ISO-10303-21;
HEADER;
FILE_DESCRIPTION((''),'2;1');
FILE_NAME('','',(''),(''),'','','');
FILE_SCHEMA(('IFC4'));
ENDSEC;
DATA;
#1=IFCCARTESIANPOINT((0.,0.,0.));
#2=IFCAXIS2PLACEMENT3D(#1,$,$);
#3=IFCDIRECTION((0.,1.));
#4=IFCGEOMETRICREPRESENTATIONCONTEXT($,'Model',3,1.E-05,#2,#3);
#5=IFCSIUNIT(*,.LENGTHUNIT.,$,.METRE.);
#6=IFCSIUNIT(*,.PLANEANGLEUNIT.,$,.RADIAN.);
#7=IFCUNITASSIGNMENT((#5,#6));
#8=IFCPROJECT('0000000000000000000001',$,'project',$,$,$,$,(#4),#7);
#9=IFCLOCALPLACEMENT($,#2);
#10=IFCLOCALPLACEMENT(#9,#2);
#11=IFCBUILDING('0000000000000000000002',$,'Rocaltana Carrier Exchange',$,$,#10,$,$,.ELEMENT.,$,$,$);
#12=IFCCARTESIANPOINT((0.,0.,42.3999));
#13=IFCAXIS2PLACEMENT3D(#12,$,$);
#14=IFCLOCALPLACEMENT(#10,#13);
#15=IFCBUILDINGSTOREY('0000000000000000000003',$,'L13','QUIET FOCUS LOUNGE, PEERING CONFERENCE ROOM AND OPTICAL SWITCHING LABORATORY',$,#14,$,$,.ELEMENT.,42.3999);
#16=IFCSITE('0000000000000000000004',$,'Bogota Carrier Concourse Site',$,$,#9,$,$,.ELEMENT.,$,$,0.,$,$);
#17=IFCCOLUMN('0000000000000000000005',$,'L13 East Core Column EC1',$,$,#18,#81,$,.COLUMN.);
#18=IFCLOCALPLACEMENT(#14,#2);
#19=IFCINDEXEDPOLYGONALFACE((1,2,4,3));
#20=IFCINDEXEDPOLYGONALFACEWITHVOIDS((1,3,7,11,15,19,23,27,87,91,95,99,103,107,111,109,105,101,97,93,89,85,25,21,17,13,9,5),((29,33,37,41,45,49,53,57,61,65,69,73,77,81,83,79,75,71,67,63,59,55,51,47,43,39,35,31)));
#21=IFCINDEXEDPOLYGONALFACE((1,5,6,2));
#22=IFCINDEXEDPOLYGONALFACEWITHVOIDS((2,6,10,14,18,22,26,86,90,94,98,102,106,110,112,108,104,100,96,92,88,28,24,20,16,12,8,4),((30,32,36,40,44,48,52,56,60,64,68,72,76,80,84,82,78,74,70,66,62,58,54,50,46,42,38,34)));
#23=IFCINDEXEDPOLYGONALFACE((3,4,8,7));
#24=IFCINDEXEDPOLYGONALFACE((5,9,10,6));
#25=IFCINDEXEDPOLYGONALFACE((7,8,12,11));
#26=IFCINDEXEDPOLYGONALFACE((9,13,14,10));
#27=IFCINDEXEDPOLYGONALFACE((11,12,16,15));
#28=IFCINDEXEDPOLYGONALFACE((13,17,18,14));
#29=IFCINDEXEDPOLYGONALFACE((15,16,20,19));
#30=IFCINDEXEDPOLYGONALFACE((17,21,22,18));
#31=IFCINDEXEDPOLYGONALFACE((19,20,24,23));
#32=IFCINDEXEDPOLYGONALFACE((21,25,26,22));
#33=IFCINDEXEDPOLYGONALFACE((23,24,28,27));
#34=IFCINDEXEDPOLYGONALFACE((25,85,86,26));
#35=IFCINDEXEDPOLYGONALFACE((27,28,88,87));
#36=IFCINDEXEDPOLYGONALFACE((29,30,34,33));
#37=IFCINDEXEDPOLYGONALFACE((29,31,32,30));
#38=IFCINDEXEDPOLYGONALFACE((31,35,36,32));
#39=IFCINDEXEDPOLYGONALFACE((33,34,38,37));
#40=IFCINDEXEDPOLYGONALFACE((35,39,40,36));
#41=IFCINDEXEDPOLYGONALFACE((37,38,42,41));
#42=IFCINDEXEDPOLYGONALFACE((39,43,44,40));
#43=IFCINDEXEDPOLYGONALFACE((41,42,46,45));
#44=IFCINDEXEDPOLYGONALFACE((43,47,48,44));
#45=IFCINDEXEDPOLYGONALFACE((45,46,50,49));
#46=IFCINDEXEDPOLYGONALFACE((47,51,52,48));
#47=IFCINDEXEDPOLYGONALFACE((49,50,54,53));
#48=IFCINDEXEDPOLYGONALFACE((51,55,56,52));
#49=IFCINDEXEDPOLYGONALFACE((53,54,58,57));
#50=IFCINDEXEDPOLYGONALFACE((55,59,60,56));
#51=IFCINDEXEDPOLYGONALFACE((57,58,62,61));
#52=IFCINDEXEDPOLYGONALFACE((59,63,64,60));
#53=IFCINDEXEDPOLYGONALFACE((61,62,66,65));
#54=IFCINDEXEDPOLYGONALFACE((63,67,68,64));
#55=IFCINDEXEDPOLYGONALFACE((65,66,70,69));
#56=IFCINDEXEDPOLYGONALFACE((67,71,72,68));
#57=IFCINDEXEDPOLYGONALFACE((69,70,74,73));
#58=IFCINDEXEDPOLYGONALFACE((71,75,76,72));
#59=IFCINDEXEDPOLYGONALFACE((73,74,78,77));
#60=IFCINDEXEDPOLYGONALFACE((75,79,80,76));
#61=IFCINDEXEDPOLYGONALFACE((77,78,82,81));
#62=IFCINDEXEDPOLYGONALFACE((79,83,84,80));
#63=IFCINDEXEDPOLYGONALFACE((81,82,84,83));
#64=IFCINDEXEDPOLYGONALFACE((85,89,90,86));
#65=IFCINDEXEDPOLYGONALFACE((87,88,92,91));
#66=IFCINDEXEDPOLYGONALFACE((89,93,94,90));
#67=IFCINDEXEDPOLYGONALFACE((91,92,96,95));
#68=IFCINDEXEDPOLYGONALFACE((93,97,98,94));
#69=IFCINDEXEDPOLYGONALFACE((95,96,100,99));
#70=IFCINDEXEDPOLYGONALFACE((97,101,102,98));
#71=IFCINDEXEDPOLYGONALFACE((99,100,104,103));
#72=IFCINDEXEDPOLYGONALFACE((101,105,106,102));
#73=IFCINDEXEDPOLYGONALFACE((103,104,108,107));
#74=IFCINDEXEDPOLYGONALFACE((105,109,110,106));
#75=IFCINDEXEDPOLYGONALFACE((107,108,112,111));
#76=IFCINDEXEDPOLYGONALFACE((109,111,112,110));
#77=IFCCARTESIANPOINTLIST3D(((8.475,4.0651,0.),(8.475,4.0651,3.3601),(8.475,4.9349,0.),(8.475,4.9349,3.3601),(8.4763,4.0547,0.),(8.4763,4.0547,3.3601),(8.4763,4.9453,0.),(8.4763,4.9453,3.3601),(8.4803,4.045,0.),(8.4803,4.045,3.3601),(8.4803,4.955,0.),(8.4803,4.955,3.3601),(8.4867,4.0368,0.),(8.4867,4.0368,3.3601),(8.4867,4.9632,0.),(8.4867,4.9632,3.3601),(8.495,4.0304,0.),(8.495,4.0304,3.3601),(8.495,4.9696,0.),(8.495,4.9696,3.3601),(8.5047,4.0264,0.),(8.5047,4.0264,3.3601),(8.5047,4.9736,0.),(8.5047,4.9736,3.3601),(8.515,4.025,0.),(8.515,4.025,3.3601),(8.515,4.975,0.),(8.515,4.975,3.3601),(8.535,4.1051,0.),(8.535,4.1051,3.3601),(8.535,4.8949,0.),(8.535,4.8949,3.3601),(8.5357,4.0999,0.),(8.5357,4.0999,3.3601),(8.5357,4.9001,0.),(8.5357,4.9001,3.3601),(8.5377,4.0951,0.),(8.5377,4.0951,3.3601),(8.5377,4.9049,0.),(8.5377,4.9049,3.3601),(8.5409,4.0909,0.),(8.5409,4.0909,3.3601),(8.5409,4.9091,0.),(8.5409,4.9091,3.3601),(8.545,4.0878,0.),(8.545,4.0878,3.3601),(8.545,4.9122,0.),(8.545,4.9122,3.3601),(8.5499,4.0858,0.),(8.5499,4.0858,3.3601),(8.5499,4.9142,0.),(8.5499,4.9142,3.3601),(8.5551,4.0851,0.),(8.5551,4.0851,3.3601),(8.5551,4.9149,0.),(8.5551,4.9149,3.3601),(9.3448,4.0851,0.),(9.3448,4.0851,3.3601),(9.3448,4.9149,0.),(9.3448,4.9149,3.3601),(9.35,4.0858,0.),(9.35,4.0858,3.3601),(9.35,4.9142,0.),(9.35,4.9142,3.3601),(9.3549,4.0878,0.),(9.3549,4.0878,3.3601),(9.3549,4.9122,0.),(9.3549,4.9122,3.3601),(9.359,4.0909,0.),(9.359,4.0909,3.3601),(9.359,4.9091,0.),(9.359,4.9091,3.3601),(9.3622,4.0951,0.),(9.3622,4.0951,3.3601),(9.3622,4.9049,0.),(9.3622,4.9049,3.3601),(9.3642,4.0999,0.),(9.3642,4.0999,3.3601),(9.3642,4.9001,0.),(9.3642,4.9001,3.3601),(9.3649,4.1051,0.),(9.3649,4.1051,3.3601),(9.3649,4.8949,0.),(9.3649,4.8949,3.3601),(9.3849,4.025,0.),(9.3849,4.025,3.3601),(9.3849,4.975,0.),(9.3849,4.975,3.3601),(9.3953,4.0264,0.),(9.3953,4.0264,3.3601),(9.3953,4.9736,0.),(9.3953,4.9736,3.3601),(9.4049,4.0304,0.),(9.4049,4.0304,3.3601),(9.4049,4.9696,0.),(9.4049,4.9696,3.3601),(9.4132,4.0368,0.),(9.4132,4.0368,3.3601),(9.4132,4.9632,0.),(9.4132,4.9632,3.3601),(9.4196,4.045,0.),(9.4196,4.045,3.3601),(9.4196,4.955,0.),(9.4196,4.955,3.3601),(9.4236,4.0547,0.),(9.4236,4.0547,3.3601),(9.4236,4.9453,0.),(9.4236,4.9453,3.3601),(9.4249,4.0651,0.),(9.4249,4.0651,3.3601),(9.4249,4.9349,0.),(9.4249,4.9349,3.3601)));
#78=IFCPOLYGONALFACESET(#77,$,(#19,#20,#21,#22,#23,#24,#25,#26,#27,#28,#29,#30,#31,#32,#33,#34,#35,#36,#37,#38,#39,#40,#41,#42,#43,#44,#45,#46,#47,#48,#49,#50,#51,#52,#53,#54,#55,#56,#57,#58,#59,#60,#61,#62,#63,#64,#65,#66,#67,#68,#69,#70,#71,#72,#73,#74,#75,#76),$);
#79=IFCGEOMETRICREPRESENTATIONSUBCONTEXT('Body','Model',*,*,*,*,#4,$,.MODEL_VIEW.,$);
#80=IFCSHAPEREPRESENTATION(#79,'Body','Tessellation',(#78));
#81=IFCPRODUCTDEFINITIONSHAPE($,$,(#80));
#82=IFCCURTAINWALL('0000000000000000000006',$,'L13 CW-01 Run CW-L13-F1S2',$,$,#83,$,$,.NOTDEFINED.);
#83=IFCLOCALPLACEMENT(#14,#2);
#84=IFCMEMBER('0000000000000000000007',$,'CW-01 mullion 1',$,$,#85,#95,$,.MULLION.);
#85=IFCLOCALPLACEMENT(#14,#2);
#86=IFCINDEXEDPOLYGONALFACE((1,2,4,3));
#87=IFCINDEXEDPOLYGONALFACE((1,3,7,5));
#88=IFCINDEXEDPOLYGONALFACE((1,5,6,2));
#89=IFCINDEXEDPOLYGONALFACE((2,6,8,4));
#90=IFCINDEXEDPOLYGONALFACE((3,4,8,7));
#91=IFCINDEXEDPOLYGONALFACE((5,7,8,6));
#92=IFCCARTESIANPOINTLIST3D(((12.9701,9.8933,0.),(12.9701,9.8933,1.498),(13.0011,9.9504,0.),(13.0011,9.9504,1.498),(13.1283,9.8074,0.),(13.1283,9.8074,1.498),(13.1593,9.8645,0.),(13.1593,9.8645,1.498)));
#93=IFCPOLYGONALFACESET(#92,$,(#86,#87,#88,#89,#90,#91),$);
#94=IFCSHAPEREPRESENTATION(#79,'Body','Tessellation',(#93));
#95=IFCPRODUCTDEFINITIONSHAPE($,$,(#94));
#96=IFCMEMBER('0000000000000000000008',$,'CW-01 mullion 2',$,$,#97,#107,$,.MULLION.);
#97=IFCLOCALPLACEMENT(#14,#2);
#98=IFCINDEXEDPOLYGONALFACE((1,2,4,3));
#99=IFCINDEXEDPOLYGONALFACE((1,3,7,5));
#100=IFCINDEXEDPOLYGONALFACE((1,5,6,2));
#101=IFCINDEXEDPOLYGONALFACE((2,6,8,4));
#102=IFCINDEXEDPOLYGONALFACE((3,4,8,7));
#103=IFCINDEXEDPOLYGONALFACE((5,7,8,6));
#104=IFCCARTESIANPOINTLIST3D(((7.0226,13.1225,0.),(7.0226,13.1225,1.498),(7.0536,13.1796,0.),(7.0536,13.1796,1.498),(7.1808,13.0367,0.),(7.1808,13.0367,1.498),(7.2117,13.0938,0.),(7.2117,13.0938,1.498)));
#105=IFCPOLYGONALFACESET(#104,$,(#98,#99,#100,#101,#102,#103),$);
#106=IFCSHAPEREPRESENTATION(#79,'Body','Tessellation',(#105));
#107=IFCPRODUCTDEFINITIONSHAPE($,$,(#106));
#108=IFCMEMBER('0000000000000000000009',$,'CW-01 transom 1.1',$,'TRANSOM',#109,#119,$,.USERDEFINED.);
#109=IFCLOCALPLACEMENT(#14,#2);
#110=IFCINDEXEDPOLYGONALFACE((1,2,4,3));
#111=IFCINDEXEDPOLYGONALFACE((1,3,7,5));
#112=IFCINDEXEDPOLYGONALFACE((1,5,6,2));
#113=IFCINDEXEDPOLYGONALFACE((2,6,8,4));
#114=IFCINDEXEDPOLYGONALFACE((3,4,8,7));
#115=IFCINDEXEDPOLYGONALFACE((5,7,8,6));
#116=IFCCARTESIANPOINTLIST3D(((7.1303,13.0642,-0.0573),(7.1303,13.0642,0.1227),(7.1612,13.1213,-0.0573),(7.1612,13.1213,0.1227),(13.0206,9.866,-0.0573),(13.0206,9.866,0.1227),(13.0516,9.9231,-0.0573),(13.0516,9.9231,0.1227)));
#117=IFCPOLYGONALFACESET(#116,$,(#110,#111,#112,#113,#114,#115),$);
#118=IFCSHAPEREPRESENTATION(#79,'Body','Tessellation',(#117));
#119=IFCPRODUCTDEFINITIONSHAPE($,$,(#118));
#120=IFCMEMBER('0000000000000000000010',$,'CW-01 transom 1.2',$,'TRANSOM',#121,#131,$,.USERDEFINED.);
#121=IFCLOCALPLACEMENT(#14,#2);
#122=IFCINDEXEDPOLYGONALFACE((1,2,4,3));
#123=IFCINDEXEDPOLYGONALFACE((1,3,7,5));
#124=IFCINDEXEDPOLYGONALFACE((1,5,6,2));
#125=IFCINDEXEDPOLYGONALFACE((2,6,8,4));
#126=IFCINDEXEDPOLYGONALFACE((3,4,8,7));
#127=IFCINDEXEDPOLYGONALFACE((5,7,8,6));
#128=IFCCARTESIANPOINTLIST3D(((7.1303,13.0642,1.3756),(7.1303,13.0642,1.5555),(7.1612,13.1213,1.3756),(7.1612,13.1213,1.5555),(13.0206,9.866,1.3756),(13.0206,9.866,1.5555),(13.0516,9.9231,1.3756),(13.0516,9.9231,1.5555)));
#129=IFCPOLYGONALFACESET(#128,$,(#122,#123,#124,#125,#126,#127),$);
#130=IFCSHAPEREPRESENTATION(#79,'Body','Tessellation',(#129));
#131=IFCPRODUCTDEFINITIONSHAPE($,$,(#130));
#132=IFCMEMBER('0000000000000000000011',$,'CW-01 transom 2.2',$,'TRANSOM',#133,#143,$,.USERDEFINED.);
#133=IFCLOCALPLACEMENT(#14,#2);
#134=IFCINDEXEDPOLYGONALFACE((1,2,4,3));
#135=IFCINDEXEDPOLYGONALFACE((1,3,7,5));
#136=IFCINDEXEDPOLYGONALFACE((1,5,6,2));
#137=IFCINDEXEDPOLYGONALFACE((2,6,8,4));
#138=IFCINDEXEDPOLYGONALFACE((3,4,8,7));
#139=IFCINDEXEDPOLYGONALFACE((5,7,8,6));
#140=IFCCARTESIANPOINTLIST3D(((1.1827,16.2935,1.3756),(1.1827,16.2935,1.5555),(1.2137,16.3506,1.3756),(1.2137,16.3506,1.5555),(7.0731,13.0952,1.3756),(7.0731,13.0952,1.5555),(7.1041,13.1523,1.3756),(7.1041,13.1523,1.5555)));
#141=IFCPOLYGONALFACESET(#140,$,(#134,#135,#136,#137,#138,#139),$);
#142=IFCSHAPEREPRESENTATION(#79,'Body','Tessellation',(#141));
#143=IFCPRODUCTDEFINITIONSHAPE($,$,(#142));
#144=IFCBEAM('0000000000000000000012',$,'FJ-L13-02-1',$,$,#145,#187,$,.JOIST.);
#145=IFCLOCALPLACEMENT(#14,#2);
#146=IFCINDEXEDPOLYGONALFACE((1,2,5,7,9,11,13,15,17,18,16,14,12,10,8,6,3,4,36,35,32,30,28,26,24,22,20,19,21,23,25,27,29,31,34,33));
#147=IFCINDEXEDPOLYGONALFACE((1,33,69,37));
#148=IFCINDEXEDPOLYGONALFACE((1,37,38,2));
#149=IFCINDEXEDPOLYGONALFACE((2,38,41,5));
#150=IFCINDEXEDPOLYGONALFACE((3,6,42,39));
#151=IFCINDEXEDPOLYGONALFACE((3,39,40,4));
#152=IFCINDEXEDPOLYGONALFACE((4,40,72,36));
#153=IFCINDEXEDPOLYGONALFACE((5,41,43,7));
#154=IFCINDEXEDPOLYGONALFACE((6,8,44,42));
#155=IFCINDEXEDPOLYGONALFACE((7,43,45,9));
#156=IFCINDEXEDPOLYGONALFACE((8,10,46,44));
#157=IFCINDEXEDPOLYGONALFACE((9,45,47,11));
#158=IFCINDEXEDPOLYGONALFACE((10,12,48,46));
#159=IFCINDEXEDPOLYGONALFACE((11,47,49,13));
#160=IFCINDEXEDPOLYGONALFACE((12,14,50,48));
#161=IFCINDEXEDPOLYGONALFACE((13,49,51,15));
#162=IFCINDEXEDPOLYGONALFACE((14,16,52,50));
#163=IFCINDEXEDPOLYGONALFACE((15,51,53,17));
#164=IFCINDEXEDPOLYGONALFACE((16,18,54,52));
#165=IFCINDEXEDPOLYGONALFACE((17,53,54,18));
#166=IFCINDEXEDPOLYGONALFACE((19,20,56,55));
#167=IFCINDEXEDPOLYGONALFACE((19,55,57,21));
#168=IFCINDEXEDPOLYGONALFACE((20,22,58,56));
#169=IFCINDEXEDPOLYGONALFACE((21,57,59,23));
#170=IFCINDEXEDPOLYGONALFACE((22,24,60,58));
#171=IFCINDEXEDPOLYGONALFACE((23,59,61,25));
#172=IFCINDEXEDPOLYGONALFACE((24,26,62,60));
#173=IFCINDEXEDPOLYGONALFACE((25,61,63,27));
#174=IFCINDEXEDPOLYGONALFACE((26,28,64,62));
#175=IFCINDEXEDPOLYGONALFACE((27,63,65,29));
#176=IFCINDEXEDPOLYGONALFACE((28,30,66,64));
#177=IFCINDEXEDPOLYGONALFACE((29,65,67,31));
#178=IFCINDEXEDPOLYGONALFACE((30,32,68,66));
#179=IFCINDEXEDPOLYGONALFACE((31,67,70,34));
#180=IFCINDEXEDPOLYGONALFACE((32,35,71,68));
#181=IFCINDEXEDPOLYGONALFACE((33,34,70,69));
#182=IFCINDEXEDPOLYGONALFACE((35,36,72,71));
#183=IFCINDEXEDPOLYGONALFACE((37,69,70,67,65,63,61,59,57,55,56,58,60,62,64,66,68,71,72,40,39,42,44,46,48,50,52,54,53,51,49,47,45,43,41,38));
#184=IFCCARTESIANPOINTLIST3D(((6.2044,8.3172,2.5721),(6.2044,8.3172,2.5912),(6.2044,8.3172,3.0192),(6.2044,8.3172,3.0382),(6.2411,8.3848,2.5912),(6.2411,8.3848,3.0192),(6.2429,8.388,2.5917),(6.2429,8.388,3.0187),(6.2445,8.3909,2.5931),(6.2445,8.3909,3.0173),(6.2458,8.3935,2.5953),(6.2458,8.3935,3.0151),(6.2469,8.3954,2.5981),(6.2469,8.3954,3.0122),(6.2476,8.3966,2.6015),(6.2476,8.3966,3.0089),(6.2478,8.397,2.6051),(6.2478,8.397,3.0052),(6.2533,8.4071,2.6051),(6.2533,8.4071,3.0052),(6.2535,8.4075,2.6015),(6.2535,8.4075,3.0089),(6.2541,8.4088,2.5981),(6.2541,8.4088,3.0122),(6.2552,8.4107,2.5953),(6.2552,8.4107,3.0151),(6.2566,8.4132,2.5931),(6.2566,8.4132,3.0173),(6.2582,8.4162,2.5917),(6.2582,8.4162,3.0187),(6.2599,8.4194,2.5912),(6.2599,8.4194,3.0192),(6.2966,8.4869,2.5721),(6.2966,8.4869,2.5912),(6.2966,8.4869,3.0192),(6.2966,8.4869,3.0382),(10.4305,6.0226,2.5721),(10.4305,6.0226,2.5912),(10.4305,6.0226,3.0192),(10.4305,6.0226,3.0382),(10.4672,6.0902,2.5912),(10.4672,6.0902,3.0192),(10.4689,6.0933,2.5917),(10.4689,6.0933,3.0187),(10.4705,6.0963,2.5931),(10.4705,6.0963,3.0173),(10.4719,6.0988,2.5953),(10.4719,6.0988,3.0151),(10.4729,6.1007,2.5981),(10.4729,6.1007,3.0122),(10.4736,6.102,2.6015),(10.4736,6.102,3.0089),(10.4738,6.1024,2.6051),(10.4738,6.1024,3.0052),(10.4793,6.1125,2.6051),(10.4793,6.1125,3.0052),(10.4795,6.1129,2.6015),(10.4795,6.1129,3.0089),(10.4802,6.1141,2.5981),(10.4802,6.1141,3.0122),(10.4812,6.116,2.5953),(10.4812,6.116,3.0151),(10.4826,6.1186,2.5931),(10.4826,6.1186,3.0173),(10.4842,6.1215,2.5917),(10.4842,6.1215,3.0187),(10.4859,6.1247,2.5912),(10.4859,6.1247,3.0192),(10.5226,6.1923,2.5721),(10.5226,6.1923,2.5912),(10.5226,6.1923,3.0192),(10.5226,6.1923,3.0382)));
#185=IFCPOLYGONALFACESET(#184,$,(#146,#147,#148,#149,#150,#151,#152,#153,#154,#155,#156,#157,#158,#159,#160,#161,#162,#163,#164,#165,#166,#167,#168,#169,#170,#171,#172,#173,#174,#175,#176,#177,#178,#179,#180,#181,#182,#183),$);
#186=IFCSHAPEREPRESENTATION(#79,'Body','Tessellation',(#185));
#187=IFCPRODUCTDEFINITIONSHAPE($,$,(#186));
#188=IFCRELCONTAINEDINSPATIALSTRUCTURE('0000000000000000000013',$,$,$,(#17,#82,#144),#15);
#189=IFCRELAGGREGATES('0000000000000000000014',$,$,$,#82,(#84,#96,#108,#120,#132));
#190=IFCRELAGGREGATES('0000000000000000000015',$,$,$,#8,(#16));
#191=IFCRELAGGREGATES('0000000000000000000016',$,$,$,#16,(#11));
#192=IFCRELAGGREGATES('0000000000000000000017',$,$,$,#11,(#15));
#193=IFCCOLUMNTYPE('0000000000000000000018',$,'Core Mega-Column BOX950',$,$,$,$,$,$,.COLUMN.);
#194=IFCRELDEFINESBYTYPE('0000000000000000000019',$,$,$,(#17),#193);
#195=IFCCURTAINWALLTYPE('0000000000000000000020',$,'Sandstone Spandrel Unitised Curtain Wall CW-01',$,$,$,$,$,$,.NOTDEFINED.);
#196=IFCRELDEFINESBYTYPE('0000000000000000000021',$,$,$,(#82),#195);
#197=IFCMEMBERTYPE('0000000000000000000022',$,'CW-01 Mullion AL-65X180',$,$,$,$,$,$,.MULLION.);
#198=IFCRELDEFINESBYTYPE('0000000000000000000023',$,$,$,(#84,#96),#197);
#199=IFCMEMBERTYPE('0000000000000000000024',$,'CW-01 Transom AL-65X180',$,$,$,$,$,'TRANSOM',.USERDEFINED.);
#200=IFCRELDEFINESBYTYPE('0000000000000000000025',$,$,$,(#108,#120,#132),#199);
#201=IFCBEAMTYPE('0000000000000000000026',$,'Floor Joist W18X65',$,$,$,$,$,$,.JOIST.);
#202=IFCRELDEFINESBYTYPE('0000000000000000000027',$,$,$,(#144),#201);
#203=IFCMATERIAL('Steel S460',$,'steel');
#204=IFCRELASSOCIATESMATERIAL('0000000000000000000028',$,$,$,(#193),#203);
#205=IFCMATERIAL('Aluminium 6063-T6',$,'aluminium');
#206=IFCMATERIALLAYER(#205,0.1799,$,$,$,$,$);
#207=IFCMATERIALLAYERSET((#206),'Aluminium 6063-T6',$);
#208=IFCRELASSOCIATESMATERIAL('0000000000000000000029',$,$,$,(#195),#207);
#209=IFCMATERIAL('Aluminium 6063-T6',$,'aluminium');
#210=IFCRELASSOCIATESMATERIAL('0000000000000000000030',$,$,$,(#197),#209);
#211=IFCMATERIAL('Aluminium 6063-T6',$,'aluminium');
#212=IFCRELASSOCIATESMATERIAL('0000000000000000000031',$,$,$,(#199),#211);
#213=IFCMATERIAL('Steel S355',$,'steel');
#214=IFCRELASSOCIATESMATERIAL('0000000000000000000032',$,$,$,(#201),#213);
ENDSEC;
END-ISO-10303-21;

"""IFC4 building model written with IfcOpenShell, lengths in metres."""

from ifc_helpers import new_model, si_unit, direction, frame, origin, origin_2d, place, context, subcontext, project, spatial, rectangle, hollow_rectangle, i_section, extrude, material, layer, layer_set, material_profile, profile_set, type_object, element, aggregate, save


model = new_model("IFC4")

# Units and contexts
model_context = context("Model", 3, precision=1e-05, world=origin(), true_north=direction((0.0, 1.0)))
body_context = subcontext(model_context, "Body", "Model", "MODEL_VIEW")
ifc_project = project(units=[si_unit("LENGTHUNIT", "METRE"), si_unit("PLANEANGLEUNIT", "RADIAN")], contexts=[model_context])

# Site, building, storey
site_placement = place(None, origin())
site = spatial("IfcSite", under=ifc_project, at=site_placement, Name="Bogota Carrier Concourse Site", CompositionType="ELEMENT", RefElevation=0.0)
building_placement = place(site_placement, origin())
building = spatial("IfcBuilding", under=site, at=building_placement, Name="Rocaltana Carrier Exchange", CompositionType="ELEMENT")
storey_placement = place(building_placement, frame((0.0, 0.0, 42.3999)))
storey = spatial("IfcBuildingStorey", under=building, at=storey_placement, Name="L13", Description="QUIET FOCUS LOUNGE, PEERING CONFERENCE ROOM AND OPTICAL SWITCHING LABORATORY", CompositionType="ELEMENT", Elevation=42.3999)

# Column
ifc_material_1 = material(Name="Steel S460", Category="steel")
ifc_material_profile_1 = material_profile(ifc_material_1, hollow_rectangle(XDim=0.95, YDim=0.95, WallThickness=0.0601, InnerFilletRadius=0.02, OuterFilletRadius=0.04, at=origin_2d()), Name="BOX950X950X60")
ifc_profile_set_1 = profile_set([ifc_material_profile_1], Name="Steel S460")
column_type = type_object("IfcColumnType", Name="Core Mega-Column BOX950", PredefinedType="COLUMN", material=ifc_profile_set_1)
column_placement = place(storey_placement, frame((8.95, 4.5, 0.0), z_axis=(0.0, 0.0, 1.0), x_axis=(1.0, 0.0, 0.0)))
element("IfcColumn", 1, at=column_placement, inside=storey, type_object=column_type, Name="L13 East Core Column EC1", PredefinedType="COLUMN", context=body_context, shape_type="SweptSolid", body=[
    extrude(hollow_rectangle(XDim=0.95, YDim=0.95, WallThickness=0.0601, InnerFilletRadius=0.02, OuterFilletRadius=0.04, at=origin_2d()), origin(), (0.0, 0.0, 1.0), 3.3601),
])

# Curtain wall, members
ifc_material_2 = material(Name="Aluminium 6063-T6", Category="aluminium")
ifc_layer_1 = layer(ifc_material_2, 0.1799)
ifc_layer_set_1 = layer_set([ifc_layer_1], Name="Aluminium 6063-T6")
curtain_wall_type = type_object("IfcCurtainWallType", Name="Sandstone Spandrel Unitised Curtain Wall CW-01", PredefinedType="NOTDEFINED", material=ifc_layer_set_1)
curtain_wall_placement = place(storey_placement, origin())
curtain_wall = element("IfcCurtainWall", 2, at=curtain_wall_placement, inside=storey, type_object=curtain_wall_type, Name="L13 CW-01 Run CW-L13-F1S2", PredefinedType="NOTDEFINED")
ifc_material_3 = material(Name="Aluminium 6063-T6", Category="aluminium")
ifc_material_profile_2 = material_profile(ifc_material_3, rectangle(XDim=0.0649, YDim=0.1799, at=origin_2d()), Name="AL-65X180")
ifc_profile_set_2 = profile_set([ifc_material_profile_2], Name="Aluminium 6063-T6")
member_type_1 = type_object("IfcMemberType", Name="CW-01 Mullion AL-65X180", PredefinedType="MULLION", material=ifc_profile_set_2)
member_1_placement = place(storey_placement, frame((13.0647, 9.8789, 0.0), z_axis=(0.0, 0.0, 1.0), x_axis=(-0.477164, -0.878814, 0.0)))
member_1 = element("IfcMember", 3, at=member_1_placement, type_object=member_type_1, Name="CW-01 mullion 1", PredefinedType="MULLION", context=body_context, shape_type="SweptSolid", body=[
    extrude(rectangle(XDim=0.0649, YDim=0.1799, at=origin_2d()), origin(), (0.0, 0.0, 1.0), 1.498),
])
member_2_placement = place(storey_placement, frame((7.1172, 13.1082, 0.0), z_axis=(0.0, 0.0, 1.0), x_axis=(-0.477164, -0.878814, 0.0)))
member_2 = element("IfcMember", 4, at=member_2_placement, type_object=member_type_1, Name="CW-01 mullion 2", PredefinedType="MULLION", context=body_context, shape_type="SweptSolid", body=[
    extrude(rectangle(XDim=0.0649, YDim=0.1799, at=origin_2d()), origin(), (0.0, 0.0, 1.0), 1.498),
])
ifc_material_4 = material(Name="Aluminium 6063-T6", Category="aluminium")
ifc_material_profile_3 = material_profile(ifc_material_4, rectangle(XDim=0.0649, YDim=0.1799, at=origin_2d()), Name="AL-65X180")
ifc_profile_set_3 = profile_set([ifc_material_profile_3], Name="Aluminium 6063-T6")
member_type_2 = type_object("IfcMemberType", Name="CW-01 Transom AL-65X180", ElementType="TRANSOM", PredefinedType="USERDEFINED", material=ifc_profile_set_3)
member_3_placement = place(storey_placement, frame((13.0361, 9.8945, 0.0327), z_axis=(-0.878815, 0.477162, 0.0), x_axis=(-0.477162, -0.878815, 0.0)))
member_3 = element("IfcMember", 5, at=member_3_placement, type_object=member_type_2, Name="CW-01 transom 1.1", ObjectType="TRANSOM", PredefinedType="USERDEFINED", context=body_context, shape_type="SweptSolid", body=[
    extrude(rectangle(XDim=0.0649, YDim=0.1799, at=origin_2d()), origin(), (0.0, 0.0, 1.0), 6.7026),
])
member_4_placement = place(storey_placement, frame((13.0361, 9.8945, 1.4656), z_axis=(-0.878815, 0.477162, 0.0), x_axis=(-0.477162, -0.878815, 0.0)))
member_4 = element("IfcMember", 6, at=member_4_placement, type_object=member_type_2, Name="CW-01 transom 1.2", ObjectType="TRANSOM", PredefinedType="USERDEFINED", context=body_context, shape_type="SweptSolid", body=[
    extrude(rectangle(XDim=0.0649, YDim=0.1799, at=origin_2d()), origin(), (0.0, 0.0, 1.0), 6.7026),
])
member_5_placement = place(storey_placement, frame((7.0886, 13.1238, 1.4656), z_axis=(-0.878815, 0.477162, 0.0), x_axis=(-0.477162, -0.878815, 0.0)))
member_5 = element("IfcMember", 7, at=member_5_placement, type_object=member_type_2, Name="CW-01 transom 2.2", ObjectType="TRANSOM", PredefinedType="USERDEFINED", context=body_context, shape_type="SweptSolid", body=[
    extrude(rectangle(XDim=0.0649, YDim=0.1799, at=origin_2d()), origin(), (0.0, 0.0, 1.0), 6.7026),
])

# Beam
ifc_material_5 = material(Name="Steel S355", Category="steel")
ifc_material_profile_4 = material_profile(ifc_material_5, i_section(OverallWidth=0.1931, OverallDepth=0.4661, WebThickness=0.0115, FlangeThickness=0.019, FilletRadius=0.0139, at=origin_2d()), Name="W18X65")
ifc_profile_set_4 = profile_set([ifc_material_profile_4], Name="Steel S355")
beam_type_1 = type_object("IfcBeamType", Name="Floor Joist W18X65", PredefinedType="JOIST", material=ifc_profile_set_4)
beam_1_placement = place(storey_placement, frame((10.4766, 6.1074, 2.8052), z_axis=(-0.878808, 0.477176, 0.0), x_axis=(-0.477176, -0.878808, 0.0)))
element("IfcBeam", 8, at=beam_1_placement, inside=storey, type_object=beam_type_1, Name="FJ-L13-02-1", PredefinedType="JOIST", context=body_context, shape_type="SweptSolid", body=[
    extrude(i_section(OverallWidth=0.1931, OverallDepth=0.4661, WebThickness=0.0115, FlangeThickness=0.019, FilletRadius=0.0139, at=origin_2d()), origin(), (0.0, 0.0, 1.0), 4.8088),
])

aggregate(curtain_wall, [member_1, member_2, member_3, member_4, member_5])

save(model, "model.ifc")
